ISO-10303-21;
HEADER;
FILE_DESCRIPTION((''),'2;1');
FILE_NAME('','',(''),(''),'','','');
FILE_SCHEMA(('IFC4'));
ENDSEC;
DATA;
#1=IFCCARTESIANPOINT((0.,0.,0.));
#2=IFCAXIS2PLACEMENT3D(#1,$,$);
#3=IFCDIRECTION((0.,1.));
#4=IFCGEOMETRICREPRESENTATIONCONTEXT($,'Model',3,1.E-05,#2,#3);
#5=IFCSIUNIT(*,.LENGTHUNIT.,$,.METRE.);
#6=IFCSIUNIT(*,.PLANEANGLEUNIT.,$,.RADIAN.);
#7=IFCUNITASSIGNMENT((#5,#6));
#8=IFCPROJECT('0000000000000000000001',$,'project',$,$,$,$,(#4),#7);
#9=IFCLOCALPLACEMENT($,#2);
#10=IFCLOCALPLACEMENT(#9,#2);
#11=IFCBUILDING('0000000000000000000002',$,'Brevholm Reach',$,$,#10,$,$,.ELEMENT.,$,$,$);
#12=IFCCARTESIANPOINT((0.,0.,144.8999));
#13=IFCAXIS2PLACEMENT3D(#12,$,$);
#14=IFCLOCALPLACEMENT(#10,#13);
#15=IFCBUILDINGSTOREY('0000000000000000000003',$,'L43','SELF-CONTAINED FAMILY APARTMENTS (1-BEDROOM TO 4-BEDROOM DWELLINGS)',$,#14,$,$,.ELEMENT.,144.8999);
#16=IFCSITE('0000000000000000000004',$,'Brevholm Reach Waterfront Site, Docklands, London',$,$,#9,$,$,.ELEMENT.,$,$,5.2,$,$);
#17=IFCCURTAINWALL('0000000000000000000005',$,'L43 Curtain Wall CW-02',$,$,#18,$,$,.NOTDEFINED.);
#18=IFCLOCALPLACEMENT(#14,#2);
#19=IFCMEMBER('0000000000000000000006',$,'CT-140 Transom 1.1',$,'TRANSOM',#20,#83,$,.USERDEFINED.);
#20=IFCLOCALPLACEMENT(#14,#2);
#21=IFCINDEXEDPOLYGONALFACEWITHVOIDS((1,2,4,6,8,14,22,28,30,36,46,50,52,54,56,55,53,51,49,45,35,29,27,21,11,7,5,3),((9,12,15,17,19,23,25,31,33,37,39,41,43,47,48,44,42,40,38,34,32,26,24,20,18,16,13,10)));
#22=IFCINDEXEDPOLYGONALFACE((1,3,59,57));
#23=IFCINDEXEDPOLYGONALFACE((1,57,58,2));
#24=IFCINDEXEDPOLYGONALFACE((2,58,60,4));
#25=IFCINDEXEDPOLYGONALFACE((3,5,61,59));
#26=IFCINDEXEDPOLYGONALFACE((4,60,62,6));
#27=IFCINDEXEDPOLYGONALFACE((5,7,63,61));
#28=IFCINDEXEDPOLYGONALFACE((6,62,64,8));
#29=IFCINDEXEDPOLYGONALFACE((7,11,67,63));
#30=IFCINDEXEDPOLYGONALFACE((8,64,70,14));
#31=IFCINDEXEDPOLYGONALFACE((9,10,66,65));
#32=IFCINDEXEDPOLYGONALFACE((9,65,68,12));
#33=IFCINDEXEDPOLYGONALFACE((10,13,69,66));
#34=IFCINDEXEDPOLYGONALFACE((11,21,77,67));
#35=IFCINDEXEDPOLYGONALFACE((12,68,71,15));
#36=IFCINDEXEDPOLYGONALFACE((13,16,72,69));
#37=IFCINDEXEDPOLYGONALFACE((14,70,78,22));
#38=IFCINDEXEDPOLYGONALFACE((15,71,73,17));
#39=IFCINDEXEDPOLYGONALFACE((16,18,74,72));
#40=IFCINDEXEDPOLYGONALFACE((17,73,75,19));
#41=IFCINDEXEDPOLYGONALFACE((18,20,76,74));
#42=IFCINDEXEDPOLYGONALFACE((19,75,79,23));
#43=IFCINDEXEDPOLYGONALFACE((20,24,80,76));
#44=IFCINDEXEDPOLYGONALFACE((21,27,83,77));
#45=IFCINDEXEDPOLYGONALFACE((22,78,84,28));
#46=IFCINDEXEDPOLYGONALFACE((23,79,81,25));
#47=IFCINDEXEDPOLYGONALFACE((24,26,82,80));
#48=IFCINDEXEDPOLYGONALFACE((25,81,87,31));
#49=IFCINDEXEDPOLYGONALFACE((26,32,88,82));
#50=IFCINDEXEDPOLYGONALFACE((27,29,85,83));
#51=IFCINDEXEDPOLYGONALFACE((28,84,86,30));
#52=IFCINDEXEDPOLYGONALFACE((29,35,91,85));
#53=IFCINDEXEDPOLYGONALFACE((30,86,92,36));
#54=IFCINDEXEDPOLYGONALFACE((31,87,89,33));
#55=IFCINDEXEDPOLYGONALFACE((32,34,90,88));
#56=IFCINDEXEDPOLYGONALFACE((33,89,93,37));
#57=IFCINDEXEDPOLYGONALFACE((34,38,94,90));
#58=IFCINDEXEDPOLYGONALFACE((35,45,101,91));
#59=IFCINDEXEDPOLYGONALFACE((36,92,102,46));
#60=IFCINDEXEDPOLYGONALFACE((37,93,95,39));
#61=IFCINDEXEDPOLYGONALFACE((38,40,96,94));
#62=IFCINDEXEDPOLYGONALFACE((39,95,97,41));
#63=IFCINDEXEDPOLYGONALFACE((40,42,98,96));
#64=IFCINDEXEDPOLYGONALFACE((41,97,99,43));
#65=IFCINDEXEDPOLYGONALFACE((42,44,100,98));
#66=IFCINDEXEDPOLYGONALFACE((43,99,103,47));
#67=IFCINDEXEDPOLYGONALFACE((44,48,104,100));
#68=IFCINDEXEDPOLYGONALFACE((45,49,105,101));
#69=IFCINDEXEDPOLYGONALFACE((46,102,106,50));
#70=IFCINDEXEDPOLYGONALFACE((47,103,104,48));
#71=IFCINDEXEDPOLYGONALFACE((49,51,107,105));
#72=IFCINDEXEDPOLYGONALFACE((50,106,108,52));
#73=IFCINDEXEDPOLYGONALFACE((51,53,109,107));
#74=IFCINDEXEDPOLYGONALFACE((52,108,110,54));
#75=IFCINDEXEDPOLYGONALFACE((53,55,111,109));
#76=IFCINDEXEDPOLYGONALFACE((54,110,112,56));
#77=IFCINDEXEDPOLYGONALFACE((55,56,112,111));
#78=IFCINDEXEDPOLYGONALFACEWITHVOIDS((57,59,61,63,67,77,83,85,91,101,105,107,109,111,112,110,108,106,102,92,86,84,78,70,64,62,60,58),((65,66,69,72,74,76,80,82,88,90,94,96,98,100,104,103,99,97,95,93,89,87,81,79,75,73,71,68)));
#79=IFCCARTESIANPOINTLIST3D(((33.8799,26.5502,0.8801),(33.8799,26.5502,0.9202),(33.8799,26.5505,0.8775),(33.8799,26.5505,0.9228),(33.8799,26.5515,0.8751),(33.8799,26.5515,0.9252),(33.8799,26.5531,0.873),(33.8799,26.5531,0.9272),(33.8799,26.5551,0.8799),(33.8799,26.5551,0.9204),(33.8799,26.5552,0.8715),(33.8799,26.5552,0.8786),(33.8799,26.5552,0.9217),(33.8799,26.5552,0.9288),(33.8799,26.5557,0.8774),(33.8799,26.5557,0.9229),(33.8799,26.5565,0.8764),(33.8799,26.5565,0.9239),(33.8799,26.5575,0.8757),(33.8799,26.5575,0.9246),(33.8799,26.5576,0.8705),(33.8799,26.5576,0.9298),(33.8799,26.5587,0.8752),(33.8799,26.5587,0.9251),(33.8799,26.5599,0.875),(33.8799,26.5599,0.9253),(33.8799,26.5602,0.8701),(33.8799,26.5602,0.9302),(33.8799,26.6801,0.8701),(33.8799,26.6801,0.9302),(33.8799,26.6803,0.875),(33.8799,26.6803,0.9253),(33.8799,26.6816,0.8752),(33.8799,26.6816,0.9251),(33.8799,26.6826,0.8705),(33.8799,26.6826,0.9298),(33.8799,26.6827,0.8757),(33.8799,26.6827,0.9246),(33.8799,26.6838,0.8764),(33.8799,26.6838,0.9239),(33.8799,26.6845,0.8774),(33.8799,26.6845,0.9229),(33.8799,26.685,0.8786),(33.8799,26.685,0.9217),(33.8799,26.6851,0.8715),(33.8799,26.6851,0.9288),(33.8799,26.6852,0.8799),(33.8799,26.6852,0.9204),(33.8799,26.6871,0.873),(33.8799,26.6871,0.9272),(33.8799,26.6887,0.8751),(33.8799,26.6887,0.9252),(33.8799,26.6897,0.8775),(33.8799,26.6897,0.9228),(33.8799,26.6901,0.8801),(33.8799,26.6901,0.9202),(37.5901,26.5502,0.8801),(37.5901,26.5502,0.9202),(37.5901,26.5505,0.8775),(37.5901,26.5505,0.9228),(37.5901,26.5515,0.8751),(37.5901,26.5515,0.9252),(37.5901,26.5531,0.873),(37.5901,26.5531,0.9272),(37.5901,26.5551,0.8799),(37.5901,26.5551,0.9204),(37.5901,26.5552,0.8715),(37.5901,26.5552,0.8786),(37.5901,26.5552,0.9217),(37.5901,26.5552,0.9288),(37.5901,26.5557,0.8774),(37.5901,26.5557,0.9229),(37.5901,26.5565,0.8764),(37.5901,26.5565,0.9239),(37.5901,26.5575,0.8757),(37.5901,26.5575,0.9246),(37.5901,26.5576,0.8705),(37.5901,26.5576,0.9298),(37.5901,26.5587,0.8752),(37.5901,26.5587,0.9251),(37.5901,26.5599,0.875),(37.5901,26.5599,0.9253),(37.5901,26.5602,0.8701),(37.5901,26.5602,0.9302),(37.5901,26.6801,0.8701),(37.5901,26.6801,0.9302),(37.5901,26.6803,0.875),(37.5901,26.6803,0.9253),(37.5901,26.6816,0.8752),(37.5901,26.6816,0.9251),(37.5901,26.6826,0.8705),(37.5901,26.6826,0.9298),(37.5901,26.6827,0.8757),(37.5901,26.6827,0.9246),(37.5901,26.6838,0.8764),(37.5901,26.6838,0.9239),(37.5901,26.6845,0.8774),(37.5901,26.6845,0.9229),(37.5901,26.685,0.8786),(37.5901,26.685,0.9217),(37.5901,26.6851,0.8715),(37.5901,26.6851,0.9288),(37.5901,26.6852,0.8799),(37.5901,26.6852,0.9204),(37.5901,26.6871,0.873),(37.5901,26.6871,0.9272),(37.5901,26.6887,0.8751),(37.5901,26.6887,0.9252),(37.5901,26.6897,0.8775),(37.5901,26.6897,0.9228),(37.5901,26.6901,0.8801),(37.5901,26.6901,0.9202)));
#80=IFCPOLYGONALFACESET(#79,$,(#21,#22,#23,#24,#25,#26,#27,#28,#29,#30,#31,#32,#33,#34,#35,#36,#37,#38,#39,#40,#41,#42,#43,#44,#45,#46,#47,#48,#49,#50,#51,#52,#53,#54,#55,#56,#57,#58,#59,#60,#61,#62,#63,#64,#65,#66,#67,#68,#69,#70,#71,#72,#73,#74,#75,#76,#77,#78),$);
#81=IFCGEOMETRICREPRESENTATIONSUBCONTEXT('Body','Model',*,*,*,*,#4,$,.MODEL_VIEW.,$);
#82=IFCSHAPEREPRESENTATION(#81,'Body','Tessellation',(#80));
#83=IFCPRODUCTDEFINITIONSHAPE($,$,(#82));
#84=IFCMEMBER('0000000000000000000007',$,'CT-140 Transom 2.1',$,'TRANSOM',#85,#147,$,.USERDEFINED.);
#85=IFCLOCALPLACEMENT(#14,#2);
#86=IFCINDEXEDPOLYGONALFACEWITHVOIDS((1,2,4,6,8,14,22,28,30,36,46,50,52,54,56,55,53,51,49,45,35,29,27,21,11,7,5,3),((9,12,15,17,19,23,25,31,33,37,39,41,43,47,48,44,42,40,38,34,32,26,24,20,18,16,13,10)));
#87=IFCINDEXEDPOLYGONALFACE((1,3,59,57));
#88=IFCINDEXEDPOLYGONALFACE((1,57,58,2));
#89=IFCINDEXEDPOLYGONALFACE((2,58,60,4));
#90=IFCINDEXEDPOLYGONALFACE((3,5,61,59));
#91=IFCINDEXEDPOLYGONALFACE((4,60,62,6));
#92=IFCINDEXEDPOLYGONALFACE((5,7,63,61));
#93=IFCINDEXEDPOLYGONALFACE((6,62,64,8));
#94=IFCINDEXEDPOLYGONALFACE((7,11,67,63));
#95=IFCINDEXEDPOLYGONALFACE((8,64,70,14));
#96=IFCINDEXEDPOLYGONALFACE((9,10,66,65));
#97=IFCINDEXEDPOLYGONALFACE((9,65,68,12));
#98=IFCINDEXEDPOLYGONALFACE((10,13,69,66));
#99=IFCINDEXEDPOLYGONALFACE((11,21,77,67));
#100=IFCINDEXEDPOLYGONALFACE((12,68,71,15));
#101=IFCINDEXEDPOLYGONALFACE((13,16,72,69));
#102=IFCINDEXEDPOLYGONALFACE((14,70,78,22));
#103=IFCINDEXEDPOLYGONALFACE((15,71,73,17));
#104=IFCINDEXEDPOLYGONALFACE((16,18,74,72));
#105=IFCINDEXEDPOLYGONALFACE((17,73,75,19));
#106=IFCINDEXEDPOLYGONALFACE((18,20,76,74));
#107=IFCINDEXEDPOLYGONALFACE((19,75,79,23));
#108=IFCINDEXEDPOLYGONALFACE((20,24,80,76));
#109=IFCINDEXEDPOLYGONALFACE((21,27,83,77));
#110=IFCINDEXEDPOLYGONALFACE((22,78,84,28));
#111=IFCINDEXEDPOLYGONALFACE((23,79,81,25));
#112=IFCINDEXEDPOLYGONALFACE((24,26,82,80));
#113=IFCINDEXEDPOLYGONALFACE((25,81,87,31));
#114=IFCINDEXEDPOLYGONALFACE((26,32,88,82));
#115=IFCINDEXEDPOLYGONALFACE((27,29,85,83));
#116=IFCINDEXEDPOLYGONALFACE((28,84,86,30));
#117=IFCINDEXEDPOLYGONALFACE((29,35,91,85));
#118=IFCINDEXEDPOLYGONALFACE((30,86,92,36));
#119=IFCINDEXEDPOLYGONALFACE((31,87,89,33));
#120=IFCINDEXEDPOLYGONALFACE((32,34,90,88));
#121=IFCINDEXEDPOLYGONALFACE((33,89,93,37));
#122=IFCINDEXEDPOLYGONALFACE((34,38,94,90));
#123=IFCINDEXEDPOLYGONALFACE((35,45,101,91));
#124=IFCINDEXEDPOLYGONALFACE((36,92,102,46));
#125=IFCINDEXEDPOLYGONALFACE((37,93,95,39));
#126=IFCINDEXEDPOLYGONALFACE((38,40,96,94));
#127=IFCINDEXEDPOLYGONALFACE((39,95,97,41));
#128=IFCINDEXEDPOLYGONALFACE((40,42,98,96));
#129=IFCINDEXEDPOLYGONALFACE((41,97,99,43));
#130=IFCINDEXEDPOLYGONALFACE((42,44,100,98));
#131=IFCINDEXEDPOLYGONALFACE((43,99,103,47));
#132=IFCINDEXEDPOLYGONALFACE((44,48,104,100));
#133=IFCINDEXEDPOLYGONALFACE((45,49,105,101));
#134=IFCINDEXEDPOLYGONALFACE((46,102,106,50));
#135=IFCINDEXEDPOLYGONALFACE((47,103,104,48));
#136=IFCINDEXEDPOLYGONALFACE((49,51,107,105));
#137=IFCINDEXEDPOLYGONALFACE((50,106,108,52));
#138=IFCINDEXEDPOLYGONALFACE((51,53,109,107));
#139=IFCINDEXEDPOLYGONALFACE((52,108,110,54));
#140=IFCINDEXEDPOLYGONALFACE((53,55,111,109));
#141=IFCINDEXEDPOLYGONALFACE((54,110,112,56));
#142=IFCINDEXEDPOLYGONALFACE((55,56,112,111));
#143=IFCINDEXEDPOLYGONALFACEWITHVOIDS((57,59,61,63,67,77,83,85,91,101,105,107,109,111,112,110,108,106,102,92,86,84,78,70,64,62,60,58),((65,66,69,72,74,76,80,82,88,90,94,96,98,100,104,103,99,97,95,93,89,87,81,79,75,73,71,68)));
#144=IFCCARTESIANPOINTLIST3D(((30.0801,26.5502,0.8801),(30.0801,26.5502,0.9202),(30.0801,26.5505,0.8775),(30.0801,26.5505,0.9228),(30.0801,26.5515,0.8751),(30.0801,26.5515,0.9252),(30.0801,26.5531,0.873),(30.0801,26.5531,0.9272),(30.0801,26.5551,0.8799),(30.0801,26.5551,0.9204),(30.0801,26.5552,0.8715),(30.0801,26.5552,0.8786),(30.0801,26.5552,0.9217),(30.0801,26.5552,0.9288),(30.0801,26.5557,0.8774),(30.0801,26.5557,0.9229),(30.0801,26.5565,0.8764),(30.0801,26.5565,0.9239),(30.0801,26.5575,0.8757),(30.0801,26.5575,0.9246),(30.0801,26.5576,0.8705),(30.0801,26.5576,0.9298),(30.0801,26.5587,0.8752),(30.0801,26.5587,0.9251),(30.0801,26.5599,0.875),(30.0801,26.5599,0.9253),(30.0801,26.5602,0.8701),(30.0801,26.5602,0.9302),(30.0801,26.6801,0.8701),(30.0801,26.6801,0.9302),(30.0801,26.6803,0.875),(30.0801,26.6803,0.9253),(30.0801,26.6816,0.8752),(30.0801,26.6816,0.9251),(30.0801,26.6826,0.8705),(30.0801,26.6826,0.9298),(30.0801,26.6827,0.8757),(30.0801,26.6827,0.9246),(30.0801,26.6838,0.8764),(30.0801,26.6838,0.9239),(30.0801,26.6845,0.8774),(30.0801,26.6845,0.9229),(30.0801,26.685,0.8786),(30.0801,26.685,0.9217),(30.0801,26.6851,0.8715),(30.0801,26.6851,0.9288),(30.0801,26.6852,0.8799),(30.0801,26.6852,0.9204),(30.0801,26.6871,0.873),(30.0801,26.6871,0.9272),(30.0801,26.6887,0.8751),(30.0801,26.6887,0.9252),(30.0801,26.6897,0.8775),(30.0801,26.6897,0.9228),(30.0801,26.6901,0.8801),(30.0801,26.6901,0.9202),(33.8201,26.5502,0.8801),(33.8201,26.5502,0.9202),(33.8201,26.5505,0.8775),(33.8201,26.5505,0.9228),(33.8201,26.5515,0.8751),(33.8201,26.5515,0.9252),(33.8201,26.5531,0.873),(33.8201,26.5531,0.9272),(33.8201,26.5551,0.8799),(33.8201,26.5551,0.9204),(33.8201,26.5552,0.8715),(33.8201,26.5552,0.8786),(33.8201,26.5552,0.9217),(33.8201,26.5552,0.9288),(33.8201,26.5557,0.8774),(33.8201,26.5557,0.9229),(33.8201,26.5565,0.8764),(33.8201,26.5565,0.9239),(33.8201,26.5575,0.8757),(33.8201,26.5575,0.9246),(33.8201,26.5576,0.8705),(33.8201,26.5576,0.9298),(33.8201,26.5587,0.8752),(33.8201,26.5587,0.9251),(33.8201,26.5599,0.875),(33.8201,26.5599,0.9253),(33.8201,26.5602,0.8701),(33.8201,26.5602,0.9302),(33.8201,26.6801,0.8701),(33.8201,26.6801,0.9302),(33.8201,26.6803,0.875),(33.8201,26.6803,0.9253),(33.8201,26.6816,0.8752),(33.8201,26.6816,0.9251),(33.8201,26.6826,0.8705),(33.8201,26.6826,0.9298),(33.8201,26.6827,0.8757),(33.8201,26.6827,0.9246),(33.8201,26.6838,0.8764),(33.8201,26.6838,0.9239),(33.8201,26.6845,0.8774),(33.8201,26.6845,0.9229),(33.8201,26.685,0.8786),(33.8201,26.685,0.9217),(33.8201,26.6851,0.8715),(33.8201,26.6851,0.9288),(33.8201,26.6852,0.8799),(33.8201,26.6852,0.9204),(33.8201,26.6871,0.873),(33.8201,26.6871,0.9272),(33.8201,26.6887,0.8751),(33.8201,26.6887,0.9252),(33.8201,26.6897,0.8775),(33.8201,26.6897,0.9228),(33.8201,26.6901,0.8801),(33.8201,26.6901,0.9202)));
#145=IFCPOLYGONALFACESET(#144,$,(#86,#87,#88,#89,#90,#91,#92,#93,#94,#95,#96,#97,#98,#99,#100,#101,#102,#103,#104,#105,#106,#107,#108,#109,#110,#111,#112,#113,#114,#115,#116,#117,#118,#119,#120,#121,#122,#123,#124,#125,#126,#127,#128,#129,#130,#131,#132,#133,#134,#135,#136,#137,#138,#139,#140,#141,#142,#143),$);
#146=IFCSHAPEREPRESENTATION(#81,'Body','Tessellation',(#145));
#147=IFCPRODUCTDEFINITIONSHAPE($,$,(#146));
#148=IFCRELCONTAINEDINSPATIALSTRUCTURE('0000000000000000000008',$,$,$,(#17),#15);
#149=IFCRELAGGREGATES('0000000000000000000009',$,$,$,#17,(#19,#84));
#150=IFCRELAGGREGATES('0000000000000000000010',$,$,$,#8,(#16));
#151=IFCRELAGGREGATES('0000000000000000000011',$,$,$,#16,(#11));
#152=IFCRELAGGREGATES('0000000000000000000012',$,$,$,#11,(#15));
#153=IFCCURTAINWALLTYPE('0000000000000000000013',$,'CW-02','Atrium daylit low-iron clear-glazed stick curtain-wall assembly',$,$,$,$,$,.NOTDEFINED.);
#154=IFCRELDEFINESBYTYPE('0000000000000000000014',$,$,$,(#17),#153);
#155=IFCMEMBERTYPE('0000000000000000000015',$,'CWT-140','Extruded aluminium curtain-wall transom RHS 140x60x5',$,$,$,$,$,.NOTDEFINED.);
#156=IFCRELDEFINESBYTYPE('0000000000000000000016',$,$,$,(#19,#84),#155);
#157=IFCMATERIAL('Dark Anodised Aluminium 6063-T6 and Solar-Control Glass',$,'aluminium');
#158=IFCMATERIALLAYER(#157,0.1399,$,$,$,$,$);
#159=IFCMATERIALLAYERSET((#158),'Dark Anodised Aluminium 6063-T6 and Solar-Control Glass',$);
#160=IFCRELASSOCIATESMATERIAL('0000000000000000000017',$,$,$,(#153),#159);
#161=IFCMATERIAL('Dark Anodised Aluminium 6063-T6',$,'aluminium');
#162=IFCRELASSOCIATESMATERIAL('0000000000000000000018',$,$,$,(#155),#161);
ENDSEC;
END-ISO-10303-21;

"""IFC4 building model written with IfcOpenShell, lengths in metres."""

from ifc_helpers import new_model, si_unit, direction, frame, origin, origin_2d, place, context, subcontext, project, spatial, hollow_rectangle, extrude, material, layer, layer_set, material_profile, profile_set, type_object, element, aggregate, save


model = new_model("IFC4")

# Units and contexts
model_context = context("Model", 3, precision=1e-05, world=origin(), true_north=direction((0.0, 1.0)))
body_context = subcontext(model_context, "Body", "Model", "MODEL_VIEW")
ifc_project = project(units=[si_unit("LENGTHUNIT", "METRE"), si_unit("PLANEANGLEUNIT", "RADIAN")], contexts=[model_context])

# Site, building, storey
site_placement = place(None, origin())
site = spatial("IfcSite", under=ifc_project, at=site_placement, Name="Brevholm Reach Waterfront Site, Docklands, London", CompositionType="ELEMENT", RefElevation=5.2)
building_placement = place(site_placement, origin())
building = spatial("IfcBuilding", under=site, at=building_placement, Name="Brevholm Reach", CompositionType="ELEMENT")
storey_placement = place(building_placement, frame((0.0, 0.0, 144.8999)))
storey = spatial("IfcBuildingStorey", under=building, at=storey_placement, Name="L43", Description="SELF-CONTAINED FAMILY APARTMENTS (1-BEDROOM TO 4-BEDROOM DWELLINGS)", CompositionType="ELEMENT", Elevation=144.8999)

# Curtain wall
ifc_material_1 = material(Name="Dark Anodised Aluminium 6063-T6 and Solar-Control Glass", Category="aluminium")
ifc_layer_1 = layer(ifc_material_1, 0.1399)
ifc_layer_set_1 = layer_set([ifc_layer_1], Name="Dark Anodised Aluminium 6063-T6 and Solar-Control Glass")
curtain_wall_type_1 = type_object("IfcCurtainWallType", Name="CW-02", Description="Atrium daylit low-iron clear-glazed stick curtain-wall assembly", PredefinedType="NOTDEFINED", material=ifc_layer_set_1)
curtain_wall_1_placement = place(storey_placement, origin())
curtain_wall_1 = element("IfcCurtainWall", 1, at=curtain_wall_1_placement, inside=storey, type_object=curtain_wall_type_1, Name="L43 Curtain Wall CW-02", PredefinedType="NOTDEFINED")

# Members
ifc_material_2 = material(Name="Dark Anodised Aluminium 6063-T6", Category="aluminium")
ifc_material_profile_1 = material_profile(ifc_material_2, hollow_rectangle(XDim=0.0601, YDim=0.1399, WallThickness=0.0049, InnerFilletRadius=0.0049, OuterFilletRadius=0.01, at=origin_2d()), Name="RHS 140x60x5")
ifc_profile_set_1 = profile_set([ifc_material_profile_1], Name="Dark Anodised Aluminium 6063-T6")
member_type_1 = type_object("IfcMemberType", Name="CWT-140", Description="Extruded aluminium curtain-wall transom RHS 140x60x5", PredefinedType="NOTDEFINED", material=ifc_profile_set_1)
member_1_placement = place(storey_placement, frame((37.5901, 26.6201, 0.9001), z_axis=(-1.0, 0.0, 0.0), x_axis=(0.0, 0.0, 1.0)))
member_1 = element("IfcMember", 2, at=member_1_placement, type_object=member_type_1, Name="CT-140 Transom 1.1", ObjectType="TRANSOM", PredefinedType="USERDEFINED", context=body_context, shape_type="SweptSolid", body=[
    extrude(hollow_rectangle(XDim=0.0601, YDim=0.1399, WallThickness=0.0049, InnerFilletRadius=0.0049, OuterFilletRadius=0.01, at=origin_2d()), origin(), (0.0, 0.0, 1.0), 3.7102),
])
member_2_placement = place(storey_placement, frame((33.8201, 26.6201, 0.9001), z_axis=(-1.0, 0.0, 0.0), x_axis=(0.0, 0.0, 1.0)))
member_2 = element("IfcMember", 3, at=member_2_placement, type_object=member_type_1, Name="CT-140 Transom 2.1", ObjectType="TRANSOM", PredefinedType="USERDEFINED", context=body_context, shape_type="SweptSolid", body=[
    extrude(hollow_rectangle(XDim=0.0601, YDim=0.1399, WallThickness=0.0049, InnerFilletRadius=0.0049, OuterFilletRadius=0.01, at=origin_2d()), origin(), (0.0, 0.0, 1.0), 3.74),
])

aggregate(curtain_wall_1, [member_1, member_2])

save(model, "model.ifc")
